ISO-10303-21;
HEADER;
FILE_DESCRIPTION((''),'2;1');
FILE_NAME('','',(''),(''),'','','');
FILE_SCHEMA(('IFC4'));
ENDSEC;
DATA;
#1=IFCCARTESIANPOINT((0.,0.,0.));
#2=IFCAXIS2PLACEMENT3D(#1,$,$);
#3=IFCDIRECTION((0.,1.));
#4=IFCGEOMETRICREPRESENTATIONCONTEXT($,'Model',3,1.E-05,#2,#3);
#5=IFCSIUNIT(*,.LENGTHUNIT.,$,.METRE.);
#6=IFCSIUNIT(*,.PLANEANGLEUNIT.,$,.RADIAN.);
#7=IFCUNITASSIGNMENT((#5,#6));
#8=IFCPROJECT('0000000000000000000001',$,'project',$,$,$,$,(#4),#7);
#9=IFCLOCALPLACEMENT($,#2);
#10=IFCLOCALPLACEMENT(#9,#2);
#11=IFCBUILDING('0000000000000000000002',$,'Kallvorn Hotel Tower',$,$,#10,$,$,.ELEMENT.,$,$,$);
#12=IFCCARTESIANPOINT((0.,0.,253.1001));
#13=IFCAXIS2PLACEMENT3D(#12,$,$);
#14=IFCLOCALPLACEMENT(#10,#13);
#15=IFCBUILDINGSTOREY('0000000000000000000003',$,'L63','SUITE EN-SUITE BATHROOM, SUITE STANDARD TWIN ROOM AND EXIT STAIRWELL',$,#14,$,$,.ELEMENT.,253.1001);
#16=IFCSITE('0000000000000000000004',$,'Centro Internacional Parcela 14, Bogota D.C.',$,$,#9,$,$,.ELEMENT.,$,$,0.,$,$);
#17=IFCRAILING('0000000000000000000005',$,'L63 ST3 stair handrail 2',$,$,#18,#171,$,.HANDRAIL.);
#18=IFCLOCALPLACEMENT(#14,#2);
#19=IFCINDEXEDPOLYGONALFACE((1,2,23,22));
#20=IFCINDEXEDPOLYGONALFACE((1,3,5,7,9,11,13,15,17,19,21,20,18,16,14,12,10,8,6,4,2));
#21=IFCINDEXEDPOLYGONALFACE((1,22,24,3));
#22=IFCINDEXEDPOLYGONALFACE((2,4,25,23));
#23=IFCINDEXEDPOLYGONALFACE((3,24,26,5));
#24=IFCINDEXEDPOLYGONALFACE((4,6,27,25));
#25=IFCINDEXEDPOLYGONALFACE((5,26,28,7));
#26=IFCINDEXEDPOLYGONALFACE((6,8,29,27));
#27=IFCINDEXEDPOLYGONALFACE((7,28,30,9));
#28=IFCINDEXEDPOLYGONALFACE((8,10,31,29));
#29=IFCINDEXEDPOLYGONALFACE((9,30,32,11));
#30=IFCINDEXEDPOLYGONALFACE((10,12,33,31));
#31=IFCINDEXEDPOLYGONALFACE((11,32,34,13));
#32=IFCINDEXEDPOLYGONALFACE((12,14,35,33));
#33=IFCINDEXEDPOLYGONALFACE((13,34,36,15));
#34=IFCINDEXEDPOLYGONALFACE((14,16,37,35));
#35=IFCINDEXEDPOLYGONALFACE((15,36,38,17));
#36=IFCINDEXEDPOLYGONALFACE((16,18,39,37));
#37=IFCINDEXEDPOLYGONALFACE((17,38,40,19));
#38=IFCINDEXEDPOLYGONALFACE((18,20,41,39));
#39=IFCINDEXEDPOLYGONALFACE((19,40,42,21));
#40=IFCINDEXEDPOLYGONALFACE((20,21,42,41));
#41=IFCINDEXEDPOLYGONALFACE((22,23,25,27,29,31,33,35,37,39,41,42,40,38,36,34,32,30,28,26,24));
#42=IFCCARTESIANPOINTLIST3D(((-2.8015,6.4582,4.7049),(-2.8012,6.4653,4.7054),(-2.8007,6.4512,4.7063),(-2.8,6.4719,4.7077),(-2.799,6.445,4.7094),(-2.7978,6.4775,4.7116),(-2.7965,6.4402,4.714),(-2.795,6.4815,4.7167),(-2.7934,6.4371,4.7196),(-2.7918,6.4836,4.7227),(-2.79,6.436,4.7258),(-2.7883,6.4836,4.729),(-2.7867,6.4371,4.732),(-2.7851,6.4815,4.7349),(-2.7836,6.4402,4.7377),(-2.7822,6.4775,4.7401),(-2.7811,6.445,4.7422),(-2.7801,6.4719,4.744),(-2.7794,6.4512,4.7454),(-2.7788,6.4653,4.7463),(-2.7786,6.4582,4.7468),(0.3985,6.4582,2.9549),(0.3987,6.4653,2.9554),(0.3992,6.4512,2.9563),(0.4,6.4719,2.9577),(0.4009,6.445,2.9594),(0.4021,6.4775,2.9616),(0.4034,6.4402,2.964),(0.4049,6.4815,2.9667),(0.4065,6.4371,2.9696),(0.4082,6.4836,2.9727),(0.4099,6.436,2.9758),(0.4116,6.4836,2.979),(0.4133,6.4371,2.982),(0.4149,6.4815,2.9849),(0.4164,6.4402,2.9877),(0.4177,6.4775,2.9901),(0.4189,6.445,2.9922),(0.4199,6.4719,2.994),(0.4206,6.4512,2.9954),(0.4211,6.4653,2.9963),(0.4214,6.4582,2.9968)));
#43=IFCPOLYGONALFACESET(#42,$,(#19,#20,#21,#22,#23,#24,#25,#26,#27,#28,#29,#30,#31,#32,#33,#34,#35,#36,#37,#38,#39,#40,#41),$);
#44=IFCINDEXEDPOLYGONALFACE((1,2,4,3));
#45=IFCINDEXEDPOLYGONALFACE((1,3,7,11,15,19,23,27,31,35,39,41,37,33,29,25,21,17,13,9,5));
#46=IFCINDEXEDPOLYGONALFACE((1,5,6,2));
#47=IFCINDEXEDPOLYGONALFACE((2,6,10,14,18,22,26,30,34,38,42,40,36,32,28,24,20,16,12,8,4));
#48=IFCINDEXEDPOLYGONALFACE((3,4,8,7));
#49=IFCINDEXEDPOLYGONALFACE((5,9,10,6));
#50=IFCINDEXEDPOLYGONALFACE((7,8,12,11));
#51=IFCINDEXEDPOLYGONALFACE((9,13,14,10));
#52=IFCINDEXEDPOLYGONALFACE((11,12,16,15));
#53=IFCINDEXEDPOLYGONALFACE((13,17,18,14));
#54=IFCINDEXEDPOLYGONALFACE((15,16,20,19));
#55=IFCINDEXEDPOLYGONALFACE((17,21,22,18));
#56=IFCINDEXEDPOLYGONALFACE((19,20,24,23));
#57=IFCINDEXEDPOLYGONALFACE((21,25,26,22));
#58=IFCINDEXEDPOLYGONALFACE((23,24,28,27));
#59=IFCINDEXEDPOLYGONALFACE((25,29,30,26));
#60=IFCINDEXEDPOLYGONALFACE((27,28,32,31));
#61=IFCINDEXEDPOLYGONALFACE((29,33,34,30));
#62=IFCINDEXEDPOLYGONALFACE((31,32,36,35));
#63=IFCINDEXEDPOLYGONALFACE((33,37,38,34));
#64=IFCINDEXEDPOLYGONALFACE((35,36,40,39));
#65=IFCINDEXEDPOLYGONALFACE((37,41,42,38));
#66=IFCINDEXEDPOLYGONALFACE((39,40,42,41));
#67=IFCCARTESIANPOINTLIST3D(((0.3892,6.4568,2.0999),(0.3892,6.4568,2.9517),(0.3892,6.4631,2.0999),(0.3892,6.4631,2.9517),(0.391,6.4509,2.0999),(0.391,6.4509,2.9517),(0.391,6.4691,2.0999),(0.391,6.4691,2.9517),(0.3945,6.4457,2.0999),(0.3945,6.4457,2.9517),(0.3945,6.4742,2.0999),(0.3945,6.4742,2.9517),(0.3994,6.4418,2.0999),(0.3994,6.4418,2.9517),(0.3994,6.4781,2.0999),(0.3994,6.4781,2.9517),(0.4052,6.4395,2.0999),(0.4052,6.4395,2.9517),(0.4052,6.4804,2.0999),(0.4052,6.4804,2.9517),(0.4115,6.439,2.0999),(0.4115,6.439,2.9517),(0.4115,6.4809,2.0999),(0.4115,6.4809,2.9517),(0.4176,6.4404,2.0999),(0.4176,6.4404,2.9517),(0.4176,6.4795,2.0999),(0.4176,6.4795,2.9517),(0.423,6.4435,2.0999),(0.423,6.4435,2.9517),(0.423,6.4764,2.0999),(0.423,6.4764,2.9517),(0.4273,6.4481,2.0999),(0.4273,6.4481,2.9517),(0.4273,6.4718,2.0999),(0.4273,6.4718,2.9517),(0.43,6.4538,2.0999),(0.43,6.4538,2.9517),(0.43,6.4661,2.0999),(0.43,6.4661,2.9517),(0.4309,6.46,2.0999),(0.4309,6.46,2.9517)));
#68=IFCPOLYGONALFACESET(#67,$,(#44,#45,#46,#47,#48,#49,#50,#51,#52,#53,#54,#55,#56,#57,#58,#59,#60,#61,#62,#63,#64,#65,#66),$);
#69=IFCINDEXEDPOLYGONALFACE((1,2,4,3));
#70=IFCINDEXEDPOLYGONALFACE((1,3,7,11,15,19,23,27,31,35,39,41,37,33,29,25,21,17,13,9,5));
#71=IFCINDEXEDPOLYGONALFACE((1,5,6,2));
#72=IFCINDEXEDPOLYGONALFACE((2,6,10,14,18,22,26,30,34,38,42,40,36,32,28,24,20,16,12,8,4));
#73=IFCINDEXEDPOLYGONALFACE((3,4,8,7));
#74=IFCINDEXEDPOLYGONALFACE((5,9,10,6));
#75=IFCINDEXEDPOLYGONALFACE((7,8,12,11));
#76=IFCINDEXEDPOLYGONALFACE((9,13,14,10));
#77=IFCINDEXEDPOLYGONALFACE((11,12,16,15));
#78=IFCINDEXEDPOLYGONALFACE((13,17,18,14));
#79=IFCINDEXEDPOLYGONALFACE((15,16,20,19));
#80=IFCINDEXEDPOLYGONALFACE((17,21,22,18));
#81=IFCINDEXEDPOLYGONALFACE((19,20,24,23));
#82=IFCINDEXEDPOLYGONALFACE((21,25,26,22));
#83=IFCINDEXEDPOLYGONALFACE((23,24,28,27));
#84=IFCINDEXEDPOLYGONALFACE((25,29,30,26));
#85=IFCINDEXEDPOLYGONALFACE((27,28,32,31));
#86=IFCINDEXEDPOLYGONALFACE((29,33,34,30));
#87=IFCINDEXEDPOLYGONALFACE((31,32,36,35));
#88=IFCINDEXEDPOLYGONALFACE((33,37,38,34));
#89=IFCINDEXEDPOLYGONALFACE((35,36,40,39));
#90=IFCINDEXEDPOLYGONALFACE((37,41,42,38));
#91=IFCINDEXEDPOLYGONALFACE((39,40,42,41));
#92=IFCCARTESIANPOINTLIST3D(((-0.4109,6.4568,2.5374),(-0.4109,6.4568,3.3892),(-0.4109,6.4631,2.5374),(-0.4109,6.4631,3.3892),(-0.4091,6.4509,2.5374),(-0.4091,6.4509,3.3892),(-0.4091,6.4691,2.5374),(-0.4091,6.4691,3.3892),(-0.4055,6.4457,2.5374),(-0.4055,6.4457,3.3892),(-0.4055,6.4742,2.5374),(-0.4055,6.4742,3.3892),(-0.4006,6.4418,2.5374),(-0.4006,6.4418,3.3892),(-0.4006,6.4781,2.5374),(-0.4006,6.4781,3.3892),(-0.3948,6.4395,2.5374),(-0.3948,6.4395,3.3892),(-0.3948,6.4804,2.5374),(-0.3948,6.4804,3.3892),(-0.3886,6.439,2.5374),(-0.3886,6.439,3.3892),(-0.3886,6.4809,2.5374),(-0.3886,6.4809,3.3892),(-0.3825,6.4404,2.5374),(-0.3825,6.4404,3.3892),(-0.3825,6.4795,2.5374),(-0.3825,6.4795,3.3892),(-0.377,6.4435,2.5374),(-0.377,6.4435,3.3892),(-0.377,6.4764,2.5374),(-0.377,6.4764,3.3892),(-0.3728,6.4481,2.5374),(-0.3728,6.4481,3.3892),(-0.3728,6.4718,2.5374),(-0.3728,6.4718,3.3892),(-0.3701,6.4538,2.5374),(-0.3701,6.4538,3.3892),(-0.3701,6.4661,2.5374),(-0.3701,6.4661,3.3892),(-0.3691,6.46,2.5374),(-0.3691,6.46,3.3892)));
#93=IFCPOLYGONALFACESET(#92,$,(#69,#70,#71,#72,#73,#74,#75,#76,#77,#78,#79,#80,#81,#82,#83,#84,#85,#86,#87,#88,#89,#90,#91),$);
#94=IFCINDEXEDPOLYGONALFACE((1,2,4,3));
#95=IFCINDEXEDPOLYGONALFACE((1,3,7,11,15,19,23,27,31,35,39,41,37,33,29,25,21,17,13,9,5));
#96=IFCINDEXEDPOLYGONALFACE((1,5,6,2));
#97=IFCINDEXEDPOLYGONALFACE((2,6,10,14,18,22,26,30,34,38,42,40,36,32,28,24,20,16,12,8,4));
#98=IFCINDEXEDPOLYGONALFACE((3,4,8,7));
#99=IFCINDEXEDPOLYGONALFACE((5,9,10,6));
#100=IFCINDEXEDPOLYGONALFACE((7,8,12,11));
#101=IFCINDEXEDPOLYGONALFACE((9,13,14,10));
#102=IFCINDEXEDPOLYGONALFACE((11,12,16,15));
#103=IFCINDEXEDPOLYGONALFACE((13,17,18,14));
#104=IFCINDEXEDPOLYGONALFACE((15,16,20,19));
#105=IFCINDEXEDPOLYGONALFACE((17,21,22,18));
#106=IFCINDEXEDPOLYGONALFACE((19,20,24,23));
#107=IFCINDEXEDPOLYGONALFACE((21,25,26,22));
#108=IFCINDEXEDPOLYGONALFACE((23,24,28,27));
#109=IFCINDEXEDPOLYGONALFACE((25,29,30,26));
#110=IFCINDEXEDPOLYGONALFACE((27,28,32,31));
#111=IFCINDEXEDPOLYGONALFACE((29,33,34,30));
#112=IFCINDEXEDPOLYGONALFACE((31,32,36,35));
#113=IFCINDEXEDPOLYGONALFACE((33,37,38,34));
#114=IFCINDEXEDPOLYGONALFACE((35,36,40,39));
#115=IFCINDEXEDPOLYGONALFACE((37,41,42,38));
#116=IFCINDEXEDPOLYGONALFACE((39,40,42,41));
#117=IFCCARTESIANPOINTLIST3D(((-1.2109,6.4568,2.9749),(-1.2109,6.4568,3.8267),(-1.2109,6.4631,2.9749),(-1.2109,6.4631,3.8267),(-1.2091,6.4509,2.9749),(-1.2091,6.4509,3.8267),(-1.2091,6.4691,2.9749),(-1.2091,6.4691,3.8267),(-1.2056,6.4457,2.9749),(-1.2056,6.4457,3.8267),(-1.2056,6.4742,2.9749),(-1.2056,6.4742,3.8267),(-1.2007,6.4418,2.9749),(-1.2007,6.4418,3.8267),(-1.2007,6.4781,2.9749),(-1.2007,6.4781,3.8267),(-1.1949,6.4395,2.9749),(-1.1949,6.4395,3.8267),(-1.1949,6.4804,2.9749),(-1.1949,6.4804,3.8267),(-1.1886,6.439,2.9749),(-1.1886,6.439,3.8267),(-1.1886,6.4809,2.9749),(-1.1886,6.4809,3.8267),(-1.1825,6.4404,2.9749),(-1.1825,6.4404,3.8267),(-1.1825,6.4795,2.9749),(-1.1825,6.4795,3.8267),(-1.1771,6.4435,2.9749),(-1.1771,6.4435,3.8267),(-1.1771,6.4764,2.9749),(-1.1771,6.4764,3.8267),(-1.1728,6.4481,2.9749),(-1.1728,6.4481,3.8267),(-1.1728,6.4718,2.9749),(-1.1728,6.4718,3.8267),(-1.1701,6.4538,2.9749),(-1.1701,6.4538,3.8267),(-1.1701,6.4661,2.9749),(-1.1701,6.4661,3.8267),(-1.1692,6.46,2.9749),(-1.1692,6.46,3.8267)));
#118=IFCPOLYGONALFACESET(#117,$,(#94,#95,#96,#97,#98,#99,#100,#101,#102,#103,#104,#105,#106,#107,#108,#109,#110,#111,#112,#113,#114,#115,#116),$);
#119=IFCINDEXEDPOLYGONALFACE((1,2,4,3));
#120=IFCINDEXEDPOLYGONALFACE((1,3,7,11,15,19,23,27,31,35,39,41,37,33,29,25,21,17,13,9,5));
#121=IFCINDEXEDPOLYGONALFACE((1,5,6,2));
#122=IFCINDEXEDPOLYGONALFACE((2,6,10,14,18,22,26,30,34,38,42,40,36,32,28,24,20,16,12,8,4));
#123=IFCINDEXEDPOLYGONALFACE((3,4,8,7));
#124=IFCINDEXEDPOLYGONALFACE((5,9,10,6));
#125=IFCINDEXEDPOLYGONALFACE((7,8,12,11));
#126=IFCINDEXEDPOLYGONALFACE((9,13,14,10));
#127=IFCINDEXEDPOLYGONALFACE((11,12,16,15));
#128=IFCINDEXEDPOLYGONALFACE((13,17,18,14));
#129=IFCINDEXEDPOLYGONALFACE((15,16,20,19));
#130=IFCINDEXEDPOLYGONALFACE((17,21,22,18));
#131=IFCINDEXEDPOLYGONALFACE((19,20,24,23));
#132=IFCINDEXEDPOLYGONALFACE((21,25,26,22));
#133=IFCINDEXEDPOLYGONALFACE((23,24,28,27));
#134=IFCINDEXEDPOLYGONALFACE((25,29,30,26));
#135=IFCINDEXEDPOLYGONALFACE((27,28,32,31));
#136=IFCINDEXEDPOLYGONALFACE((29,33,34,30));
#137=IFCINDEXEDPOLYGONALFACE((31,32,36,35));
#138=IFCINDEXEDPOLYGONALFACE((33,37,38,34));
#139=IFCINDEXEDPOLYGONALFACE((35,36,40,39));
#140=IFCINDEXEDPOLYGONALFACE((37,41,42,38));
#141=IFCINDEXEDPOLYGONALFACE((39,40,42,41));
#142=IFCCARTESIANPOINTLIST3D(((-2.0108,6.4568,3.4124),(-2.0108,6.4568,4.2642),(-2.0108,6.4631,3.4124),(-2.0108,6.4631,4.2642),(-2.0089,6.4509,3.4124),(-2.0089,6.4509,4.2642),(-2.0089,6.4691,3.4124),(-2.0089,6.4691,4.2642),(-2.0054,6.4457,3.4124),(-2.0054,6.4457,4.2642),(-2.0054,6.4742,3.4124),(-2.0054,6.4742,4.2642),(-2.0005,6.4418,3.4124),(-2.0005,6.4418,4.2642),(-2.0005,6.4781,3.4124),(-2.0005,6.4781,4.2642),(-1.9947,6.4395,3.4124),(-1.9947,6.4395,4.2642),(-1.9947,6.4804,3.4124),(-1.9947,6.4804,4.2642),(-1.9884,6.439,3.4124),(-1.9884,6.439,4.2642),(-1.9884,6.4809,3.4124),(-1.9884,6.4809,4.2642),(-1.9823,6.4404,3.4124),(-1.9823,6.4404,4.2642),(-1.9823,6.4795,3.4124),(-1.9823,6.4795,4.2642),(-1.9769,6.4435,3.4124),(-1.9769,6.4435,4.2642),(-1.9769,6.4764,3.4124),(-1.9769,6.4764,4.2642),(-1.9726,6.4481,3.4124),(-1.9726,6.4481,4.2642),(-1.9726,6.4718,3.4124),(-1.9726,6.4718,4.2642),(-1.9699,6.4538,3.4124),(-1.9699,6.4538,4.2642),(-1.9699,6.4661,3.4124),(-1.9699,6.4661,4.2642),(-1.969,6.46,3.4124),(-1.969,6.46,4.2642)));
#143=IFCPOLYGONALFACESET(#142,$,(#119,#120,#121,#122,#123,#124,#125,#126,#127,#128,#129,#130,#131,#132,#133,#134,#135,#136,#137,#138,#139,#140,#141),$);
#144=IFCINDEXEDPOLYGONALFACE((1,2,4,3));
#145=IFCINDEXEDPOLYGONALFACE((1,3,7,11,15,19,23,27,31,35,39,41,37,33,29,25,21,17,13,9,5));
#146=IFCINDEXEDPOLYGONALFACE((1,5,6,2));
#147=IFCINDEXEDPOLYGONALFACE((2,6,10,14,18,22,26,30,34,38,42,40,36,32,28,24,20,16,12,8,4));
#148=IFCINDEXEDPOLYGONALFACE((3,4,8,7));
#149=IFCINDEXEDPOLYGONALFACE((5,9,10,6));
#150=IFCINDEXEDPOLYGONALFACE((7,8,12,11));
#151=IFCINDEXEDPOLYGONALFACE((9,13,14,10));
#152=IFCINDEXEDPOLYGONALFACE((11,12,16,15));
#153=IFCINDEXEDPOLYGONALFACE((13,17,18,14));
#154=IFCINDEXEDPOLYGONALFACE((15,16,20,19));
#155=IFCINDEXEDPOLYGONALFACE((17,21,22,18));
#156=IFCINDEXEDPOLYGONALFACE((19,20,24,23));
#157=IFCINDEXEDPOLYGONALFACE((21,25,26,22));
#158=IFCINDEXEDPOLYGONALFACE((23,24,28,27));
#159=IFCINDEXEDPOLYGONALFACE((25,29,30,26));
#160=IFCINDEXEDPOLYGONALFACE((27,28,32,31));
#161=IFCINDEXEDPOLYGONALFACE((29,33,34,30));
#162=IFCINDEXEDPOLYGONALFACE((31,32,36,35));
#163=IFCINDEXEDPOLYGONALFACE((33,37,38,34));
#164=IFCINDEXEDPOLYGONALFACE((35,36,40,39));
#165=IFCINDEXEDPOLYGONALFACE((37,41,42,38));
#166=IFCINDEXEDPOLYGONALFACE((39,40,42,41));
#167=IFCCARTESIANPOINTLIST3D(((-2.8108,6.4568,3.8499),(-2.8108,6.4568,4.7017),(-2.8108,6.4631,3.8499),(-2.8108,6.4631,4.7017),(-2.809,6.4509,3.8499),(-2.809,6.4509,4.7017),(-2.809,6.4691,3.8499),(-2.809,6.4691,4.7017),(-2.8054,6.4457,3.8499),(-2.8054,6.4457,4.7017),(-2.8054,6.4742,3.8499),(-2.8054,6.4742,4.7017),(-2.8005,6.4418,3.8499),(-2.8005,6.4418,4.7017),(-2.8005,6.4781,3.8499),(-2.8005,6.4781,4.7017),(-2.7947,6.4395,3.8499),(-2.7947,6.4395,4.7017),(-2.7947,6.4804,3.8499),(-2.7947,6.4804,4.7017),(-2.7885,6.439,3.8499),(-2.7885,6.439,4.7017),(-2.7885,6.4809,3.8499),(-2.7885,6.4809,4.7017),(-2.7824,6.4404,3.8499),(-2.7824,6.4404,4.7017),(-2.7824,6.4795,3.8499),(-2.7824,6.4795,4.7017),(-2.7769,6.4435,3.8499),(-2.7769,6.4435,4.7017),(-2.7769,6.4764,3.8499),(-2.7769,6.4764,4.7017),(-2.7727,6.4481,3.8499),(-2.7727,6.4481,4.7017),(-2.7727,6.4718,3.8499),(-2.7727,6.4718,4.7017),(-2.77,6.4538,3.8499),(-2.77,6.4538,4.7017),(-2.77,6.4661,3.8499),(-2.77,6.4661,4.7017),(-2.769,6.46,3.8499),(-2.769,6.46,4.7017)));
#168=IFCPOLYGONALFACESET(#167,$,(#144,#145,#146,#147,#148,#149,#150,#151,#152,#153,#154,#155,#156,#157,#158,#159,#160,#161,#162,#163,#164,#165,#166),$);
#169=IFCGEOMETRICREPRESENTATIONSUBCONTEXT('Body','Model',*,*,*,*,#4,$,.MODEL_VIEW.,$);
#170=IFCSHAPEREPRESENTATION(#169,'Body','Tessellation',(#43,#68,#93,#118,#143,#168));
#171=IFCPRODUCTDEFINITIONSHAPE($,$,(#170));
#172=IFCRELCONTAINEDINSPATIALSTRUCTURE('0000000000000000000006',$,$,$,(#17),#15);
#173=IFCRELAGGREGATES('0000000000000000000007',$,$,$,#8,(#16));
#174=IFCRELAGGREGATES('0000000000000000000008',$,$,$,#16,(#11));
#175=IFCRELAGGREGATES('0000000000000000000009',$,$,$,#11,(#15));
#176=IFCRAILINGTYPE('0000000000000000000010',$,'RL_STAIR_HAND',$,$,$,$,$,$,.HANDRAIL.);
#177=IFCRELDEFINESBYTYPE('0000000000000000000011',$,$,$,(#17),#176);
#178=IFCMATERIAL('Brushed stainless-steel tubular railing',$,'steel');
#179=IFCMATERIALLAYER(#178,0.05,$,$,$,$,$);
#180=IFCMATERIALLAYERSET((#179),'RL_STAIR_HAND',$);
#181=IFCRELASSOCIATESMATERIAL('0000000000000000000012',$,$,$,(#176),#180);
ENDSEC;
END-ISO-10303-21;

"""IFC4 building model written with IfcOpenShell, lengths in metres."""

from ifc_helpers import new_model, si_unit, direction, frame, origin, origin_2d, place, context, subcontext, project, spatial, circle, extrude, material, layer, layer_set, type_object, element, save


model = new_model("IFC4")

# Units and contexts
model_context = context("Model", 3, precision=1e-05, world=origin(), true_north=direction((0.0, 1.0)))
body_context = subcontext(model_context, "Body", "Model", "MODEL_VIEW")
ifc_project = project(units=[si_unit("LENGTHUNIT", "METRE"), si_unit("PLANEANGLEUNIT", "RADIAN")], contexts=[model_context])

# Site, building, storey
site_placement = place(None, origin())
site = spatial("IfcSite", under=ifc_project, at=site_placement, Name="Centro Internacional Parcela 14, Bogota D.C.", CompositionType="ELEMENT", RefElevation=0.0)
building_placement = place(site_placement, origin())
building = spatial("IfcBuilding", under=site, at=building_placement, Name="Kallvorn Hotel Tower", CompositionType="ELEMENT")
storey_placement = place(building_placement, frame((0.0, 0.0, 253.1001)))
storey = spatial("IfcBuildingStorey", under=building, at=storey_placement, Name="L63", Description="SUITE EN-SUITE BATHROOM, SUITE STANDARD TWIN ROOM AND EXIT STAIRWELL", CompositionType="ELEMENT", Elevation=253.1001)

# Railing
ifc_material_1 = material(Name="Brushed stainless-steel tubular railing", Category="steel")
ifc_layer_1 = layer(ifc_material_1, 0.05)
ifc_layer_set_1 = layer_set([ifc_layer_1], Name="RL_STAIR_HAND")
railing_type_1 = type_object("IfcRailingType", Name="RL_STAIR_HAND", PredefinedType="HANDRAIL", material=ifc_layer_set_1)
railing_1_placement = place(storey_placement, frame((0.4099, 6.46, 2.0999)))
element("IfcRailing", 1, at=railing_1_placement, inside=storey, type_object=railing_type_1, Name="L63 ST3 stair handrail 2", PredefinedType="HANDRAIL", context=body_context, shape_type="SweptSolid", body=[
    extrude(circle(Radius=0.0239, at=origin_2d()), frame((0.0, 0.0, 0.876), z_axis=(-0.877368, 0.0, 0.479818), x_axis=(0.0, -1.0, 0.0)), (0.0, 0.0, 1.0), 3.6472),
    extrude(circle(Radius=0.021, at=origin_2d()), origin(), (0.0, 0.0, 1.0), 0.8518),
    extrude(circle(Radius=0.021, at=origin_2d()), frame((-0.8, 0.0, 0.4375)), (0.0, 0.0, 1.0), 0.8518),
    extrude(circle(Radius=0.021, at=origin_2d()), frame((-1.6001, 0.0, 0.875)), (0.0, 0.0, 1.0), 0.8518),
    extrude(circle(Radius=0.021, at=origin_2d()), frame((-2.3999, 0.0, 1.3125)), (0.0, 0.0, 1.0), 0.8518),
    extrude(circle(Radius=0.021, at=origin_2d()), frame((-3.2, 0.0, 1.75)), (0.0, 0.0, 1.0), 0.8518),
])

save(model, "model.ifc")
